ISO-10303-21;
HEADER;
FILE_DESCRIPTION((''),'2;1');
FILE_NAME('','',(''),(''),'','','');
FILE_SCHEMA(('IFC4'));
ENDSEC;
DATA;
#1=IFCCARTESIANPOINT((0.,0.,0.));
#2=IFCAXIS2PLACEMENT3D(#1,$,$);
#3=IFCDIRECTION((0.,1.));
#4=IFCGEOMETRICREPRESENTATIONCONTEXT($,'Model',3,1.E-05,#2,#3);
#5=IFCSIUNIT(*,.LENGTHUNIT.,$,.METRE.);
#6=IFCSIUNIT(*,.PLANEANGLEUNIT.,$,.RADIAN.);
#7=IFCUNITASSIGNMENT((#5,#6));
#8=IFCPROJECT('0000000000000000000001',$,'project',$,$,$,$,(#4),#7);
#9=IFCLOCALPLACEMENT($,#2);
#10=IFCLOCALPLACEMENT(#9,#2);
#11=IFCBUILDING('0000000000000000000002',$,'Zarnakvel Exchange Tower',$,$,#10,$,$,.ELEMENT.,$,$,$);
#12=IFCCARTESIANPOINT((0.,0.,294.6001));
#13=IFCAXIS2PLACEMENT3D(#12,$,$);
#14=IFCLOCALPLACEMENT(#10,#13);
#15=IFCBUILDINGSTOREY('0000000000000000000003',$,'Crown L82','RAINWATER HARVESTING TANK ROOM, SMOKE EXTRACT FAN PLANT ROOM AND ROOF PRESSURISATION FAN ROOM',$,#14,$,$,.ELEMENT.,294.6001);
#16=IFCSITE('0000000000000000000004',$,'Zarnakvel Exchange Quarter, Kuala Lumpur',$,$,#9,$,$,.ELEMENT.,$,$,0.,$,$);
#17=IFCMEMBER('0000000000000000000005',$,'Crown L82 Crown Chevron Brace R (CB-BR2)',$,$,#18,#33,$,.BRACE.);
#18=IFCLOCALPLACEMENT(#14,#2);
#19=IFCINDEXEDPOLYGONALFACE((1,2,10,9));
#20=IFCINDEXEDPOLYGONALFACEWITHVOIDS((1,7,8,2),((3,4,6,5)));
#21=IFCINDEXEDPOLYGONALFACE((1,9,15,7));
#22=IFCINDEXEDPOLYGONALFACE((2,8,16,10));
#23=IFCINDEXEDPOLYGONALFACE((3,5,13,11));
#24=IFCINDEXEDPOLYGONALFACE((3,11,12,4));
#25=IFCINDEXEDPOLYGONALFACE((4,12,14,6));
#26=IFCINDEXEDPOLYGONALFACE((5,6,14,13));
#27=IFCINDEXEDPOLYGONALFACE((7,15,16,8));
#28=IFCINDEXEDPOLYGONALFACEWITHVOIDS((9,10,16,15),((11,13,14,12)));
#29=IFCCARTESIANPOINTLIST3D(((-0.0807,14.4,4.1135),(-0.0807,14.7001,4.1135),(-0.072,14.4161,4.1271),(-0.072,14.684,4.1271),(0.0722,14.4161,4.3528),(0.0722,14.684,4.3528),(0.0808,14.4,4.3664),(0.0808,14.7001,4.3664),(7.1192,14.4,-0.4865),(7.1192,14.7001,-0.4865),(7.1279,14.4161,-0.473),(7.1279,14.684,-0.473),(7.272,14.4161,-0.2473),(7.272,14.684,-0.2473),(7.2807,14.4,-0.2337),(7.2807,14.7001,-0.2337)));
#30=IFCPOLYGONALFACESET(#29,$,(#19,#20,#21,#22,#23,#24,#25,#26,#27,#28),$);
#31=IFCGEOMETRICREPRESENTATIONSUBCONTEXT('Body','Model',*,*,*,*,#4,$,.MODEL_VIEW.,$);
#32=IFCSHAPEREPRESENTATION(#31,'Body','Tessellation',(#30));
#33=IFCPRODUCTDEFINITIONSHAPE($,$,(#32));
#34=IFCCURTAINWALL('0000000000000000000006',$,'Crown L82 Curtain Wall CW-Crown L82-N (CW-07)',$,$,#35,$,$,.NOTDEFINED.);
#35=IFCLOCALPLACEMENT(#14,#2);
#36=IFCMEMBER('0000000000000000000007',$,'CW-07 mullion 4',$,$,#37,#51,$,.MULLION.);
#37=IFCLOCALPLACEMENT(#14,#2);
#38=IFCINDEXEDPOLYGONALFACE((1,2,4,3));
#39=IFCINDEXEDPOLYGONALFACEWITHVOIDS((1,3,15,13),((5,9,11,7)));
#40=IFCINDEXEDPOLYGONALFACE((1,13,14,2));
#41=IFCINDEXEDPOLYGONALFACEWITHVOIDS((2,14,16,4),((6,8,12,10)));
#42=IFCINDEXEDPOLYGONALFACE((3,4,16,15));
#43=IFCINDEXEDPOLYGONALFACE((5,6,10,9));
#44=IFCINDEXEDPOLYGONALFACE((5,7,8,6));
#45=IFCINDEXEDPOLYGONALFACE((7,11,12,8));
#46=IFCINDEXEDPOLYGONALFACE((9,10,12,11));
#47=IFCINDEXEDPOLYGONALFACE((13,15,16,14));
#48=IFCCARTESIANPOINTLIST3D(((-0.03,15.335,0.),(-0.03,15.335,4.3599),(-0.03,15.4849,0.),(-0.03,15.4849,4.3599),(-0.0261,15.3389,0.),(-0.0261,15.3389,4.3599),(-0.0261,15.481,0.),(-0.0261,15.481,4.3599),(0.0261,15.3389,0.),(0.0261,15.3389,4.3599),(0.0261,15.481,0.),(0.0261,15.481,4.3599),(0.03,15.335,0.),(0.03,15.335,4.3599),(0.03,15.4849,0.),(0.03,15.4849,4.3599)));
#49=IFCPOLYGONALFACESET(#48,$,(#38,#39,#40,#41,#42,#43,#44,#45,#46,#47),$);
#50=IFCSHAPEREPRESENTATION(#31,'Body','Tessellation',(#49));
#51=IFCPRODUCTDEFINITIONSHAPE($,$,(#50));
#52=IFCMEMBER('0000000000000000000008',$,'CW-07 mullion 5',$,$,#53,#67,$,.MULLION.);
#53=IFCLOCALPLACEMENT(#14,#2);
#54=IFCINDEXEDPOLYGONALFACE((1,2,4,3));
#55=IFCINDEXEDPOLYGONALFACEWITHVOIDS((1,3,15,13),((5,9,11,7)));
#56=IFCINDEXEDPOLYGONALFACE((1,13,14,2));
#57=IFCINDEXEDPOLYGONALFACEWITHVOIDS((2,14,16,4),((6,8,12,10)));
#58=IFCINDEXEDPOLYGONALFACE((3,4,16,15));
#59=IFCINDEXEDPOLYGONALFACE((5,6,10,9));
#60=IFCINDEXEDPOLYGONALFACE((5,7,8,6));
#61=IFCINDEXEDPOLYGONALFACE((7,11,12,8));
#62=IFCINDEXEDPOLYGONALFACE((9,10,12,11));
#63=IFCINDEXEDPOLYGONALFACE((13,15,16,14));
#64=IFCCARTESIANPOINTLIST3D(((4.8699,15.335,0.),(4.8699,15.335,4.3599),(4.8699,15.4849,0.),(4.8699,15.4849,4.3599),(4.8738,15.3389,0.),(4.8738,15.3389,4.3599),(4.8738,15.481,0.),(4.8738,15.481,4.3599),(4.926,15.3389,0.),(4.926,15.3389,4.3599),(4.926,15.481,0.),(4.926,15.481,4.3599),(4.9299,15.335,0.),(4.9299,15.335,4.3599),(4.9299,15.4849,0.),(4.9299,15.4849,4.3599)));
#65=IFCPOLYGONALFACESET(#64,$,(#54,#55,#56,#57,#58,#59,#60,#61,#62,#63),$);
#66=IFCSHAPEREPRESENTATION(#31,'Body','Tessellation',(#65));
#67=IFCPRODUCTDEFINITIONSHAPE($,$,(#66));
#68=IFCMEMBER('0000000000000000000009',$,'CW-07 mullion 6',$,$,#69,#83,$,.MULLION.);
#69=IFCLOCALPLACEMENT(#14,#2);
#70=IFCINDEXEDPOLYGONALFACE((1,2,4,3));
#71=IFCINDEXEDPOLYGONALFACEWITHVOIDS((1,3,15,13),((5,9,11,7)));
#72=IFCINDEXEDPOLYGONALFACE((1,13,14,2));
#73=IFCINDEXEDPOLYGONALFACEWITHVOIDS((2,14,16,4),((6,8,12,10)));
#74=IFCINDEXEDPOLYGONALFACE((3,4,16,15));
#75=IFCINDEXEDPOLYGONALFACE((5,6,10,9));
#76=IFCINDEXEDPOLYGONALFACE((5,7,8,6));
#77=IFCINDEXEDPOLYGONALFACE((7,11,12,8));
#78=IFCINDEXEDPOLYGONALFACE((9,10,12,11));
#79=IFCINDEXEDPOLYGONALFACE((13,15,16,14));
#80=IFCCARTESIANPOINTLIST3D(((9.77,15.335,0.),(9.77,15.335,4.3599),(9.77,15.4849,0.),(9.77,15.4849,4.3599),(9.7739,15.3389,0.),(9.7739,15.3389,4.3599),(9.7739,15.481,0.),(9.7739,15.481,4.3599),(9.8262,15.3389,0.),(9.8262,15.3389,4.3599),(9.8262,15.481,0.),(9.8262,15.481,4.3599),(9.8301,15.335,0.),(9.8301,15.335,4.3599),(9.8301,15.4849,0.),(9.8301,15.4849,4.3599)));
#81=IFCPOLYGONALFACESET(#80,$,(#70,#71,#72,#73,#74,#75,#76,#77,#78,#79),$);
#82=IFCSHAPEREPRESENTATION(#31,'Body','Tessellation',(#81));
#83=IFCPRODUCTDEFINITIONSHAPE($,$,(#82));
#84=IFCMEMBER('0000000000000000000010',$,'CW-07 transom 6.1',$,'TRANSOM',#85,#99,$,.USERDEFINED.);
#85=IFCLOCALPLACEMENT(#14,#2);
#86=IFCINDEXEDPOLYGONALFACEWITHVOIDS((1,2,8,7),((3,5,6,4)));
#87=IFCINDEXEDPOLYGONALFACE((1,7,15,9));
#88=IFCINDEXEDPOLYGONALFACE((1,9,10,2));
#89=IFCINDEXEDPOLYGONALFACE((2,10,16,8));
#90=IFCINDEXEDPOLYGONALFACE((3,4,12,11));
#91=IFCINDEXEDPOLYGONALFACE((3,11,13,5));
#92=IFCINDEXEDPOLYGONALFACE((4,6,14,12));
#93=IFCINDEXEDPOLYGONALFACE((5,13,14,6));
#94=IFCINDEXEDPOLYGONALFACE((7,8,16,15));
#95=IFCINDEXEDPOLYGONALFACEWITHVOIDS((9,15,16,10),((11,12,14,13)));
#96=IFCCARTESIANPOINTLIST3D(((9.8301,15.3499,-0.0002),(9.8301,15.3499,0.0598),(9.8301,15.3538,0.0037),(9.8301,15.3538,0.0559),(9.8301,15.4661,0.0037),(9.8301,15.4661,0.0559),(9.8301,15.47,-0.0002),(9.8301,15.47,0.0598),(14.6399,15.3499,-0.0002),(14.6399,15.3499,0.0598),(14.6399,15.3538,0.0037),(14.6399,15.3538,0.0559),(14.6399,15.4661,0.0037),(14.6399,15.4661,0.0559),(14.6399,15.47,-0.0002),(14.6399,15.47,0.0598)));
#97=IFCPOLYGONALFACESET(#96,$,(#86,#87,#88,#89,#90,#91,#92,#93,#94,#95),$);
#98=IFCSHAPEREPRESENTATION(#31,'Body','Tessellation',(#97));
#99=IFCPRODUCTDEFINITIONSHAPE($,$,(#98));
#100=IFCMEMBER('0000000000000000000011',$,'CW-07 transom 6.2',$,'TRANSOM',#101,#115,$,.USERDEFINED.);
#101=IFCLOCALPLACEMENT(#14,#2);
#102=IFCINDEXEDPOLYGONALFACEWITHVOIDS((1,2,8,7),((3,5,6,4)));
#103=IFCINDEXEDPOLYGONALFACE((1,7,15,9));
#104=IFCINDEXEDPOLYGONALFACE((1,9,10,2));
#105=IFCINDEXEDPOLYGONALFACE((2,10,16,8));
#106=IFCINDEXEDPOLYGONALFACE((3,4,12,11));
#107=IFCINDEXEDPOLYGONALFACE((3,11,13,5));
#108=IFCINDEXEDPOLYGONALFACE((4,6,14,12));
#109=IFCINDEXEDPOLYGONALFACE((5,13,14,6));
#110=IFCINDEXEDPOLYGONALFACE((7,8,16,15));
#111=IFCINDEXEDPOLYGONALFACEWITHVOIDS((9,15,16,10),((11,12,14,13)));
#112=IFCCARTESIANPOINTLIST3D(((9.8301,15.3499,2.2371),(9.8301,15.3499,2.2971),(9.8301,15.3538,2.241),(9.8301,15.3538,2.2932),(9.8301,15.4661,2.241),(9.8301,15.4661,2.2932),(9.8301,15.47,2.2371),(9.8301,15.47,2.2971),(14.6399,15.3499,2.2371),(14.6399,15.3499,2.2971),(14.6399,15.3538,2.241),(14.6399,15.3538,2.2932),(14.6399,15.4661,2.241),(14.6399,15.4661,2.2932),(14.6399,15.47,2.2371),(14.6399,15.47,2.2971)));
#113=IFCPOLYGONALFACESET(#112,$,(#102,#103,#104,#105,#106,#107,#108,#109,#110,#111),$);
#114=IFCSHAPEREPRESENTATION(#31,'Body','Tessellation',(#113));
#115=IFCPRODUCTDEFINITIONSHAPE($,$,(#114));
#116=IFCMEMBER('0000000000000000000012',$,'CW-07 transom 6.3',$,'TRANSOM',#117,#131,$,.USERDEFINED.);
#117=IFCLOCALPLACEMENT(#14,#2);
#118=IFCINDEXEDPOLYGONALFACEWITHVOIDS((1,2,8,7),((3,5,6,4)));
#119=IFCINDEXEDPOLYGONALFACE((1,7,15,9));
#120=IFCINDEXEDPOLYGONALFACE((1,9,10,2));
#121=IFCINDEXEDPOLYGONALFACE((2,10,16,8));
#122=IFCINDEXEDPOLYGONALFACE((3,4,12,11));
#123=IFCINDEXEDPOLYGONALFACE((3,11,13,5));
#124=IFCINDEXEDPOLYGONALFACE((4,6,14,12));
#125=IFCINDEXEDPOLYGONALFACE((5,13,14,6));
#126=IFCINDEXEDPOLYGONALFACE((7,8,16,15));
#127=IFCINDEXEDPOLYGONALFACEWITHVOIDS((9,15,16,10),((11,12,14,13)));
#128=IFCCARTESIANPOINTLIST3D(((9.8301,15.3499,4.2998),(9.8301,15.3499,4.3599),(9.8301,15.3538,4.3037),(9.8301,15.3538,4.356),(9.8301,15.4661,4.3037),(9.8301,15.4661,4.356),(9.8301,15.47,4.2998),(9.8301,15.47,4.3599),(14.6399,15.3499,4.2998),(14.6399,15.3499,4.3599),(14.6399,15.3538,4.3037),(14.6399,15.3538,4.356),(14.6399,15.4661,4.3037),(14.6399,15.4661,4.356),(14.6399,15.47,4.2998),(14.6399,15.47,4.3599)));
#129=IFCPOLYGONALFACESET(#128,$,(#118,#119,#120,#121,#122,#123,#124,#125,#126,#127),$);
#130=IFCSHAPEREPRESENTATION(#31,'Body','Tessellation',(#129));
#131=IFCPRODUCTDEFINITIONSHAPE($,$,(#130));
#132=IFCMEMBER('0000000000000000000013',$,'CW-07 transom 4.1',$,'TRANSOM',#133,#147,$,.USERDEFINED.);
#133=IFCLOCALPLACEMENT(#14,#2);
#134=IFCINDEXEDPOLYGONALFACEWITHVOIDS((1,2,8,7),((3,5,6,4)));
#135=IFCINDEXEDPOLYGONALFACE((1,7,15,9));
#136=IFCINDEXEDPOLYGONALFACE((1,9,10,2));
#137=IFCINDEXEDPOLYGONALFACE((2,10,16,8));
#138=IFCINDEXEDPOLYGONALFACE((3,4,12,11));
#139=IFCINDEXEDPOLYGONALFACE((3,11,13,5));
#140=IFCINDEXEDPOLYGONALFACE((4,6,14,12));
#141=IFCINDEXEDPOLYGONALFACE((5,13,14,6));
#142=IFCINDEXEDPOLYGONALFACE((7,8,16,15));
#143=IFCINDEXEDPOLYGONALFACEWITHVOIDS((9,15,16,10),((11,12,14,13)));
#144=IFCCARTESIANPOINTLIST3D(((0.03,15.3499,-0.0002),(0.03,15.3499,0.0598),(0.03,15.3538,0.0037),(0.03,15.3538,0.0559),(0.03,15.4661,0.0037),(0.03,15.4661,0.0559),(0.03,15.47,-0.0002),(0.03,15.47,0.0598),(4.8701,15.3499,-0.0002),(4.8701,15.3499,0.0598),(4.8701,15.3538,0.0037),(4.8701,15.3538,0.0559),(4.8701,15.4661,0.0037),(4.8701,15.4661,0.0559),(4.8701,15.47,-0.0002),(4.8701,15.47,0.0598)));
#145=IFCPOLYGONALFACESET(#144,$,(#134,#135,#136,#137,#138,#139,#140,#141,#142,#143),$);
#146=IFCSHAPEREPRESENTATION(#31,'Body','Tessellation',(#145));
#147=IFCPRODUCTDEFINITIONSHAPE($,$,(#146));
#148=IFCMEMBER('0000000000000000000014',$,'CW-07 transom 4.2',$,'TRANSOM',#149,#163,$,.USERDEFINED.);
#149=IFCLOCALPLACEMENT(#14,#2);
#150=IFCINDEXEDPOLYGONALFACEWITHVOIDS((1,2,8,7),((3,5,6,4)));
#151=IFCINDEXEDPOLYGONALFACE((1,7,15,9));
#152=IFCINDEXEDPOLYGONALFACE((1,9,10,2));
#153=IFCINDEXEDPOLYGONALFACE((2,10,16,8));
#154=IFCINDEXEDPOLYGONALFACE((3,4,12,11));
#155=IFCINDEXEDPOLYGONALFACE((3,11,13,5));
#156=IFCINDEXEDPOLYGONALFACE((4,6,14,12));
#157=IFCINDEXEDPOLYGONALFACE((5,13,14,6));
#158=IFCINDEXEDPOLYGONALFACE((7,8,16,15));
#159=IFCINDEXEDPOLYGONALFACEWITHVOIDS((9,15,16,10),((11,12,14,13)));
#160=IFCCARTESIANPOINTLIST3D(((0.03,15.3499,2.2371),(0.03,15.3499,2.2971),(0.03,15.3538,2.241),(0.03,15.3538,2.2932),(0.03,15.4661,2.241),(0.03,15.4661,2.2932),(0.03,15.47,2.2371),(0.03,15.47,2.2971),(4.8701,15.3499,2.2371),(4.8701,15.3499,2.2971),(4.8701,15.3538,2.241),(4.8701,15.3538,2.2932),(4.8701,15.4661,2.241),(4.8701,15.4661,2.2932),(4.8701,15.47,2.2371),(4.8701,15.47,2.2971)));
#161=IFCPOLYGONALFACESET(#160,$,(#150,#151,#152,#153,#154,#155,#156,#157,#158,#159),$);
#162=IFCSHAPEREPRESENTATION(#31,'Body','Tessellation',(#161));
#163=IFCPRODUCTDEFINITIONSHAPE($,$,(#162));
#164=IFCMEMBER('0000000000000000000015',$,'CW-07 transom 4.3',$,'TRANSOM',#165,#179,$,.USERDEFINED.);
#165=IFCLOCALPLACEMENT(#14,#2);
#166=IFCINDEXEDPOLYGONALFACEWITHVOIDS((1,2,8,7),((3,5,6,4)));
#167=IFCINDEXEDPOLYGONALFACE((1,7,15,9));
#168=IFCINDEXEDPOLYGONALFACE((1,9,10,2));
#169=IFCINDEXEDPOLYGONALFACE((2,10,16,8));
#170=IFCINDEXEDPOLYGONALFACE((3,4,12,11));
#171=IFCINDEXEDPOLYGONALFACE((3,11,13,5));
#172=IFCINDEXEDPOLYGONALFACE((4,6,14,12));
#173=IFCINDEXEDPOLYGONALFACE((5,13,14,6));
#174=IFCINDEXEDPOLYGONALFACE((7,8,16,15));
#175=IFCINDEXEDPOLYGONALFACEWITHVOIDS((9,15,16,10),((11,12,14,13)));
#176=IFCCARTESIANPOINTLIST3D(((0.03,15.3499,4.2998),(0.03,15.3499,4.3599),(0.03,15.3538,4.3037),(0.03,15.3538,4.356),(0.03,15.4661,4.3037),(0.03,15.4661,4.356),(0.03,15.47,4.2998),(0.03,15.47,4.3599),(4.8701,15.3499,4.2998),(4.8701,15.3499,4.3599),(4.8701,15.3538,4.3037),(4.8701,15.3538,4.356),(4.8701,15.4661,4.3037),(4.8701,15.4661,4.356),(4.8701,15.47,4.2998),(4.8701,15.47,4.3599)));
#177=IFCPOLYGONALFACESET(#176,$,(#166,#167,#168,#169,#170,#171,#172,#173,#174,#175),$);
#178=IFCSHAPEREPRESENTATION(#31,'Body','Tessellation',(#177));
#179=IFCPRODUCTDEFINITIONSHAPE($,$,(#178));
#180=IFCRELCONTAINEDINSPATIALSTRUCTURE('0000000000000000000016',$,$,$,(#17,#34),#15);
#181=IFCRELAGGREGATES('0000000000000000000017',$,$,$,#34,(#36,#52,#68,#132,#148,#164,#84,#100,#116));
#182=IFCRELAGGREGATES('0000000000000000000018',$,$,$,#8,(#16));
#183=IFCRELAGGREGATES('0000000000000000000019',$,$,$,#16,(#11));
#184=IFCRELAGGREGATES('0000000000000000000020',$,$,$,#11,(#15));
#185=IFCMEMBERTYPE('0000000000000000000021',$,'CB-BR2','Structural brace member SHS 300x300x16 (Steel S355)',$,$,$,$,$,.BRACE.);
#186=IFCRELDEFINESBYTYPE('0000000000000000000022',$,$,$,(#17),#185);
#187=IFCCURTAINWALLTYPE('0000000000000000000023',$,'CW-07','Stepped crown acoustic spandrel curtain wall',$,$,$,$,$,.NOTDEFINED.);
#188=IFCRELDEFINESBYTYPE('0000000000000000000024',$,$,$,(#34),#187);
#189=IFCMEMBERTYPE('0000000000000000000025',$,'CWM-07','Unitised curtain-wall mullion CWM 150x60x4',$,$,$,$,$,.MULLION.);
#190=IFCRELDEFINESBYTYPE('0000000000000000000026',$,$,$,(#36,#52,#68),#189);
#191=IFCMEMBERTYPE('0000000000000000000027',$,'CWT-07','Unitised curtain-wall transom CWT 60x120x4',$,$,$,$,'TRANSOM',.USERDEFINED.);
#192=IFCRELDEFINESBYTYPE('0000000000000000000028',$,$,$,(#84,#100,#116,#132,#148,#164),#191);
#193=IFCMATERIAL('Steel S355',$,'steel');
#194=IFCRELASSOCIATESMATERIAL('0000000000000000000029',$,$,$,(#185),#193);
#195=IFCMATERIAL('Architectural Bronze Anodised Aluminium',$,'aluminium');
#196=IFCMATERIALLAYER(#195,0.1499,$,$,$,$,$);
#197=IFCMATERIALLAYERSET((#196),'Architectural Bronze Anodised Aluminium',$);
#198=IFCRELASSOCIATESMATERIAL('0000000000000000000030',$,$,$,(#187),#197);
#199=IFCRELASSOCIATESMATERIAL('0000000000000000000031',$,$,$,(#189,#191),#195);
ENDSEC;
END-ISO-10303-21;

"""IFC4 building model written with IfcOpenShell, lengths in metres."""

from ifc_helpers import new_model, si_unit, direction, frame, origin, origin_2d, place, context, subcontext, project, spatial, hollow_rectangle, extrude, source, transform, mapped, material, layer, layer_set, material_profile, profile_set, type_object, element, aggregate, save


model = new_model("IFC4")

# Units and contexts
model_context = context("Model", 3, precision=1e-05, world=origin(), true_north=direction((0.0, 1.0)))
body_context = subcontext(model_context, "Body", "Model", "MODEL_VIEW")
ifc_project = project(units=[si_unit("LENGTHUNIT", "METRE"), si_unit("PLANEANGLEUNIT", "RADIAN")], contexts=[model_context])

# Site, building, storey
site_placement = place(None, origin())
site = spatial("IfcSite", under=ifc_project, at=site_placement, Name="Zarnakvel Exchange Quarter, Kuala Lumpur", CompositionType="ELEMENT", RefElevation=0.0)
building_placement = place(site_placement, origin())
building = spatial("IfcBuilding", under=site, at=building_placement, Name="Zarnakvel Exchange Tower", CompositionType="ELEMENT")
storey_placement = place(building_placement, frame((0.0, 0.0, 294.6001)))
storey = spatial("IfcBuildingStorey", under=building, at=storey_placement, Name="Crown L82", Description="RAINWATER HARVESTING TANK ROOM, SMOKE EXTRACT FAN PLANT ROOM AND ROOF PRESSURISATION FAN ROOM", CompositionType="ELEMENT", Elevation=294.6001)

# Member
ifc_material_1 = material(Name="Steel S355", Category="steel")
ifc_material_profile_1 = material_profile(ifc_material_1, hollow_rectangle(XDim=0.3, YDim=0.3, WallThickness=0.0161, at=origin_2d()))
ifc_profile_set_1 = profile_set([ifc_material_profile_1], Name="Steel S355")
member_type_1 = type_object("IfcMemberType", Name="CB-BR2", Description="Structural brace member SHS 300x300x16 (Steel S355)", PredefinedType="BRACE", material=ifc_profile_set_1)
shared_shape_1 = source(origin(), body_context, "Body", "SweptSolid", [
    extrude(hollow_rectangle(XDim=0.3, YDim=0.3, WallThickness=0.0161, at=origin_2d()), origin(), (0.0, 0.0, 1.0), 8.5439),
])
member_1_placement = place(storey_placement, frame((7.2, 14.55, -0.3601), z_axis=(-0.842689, 0.0, 0.5384), x_axis=(0.0, -1.0, 0.0)))
element("IfcMember", 1, at=member_1_placement, inside=storey, type_object=member_type_1, Name="Crown L82 Crown Chevron Brace R (CB-BR2)", PredefinedType="BRACE", context=body_context, shape_type="MappedRepresentation", body=[
    mapped(shared_shape_1, transform((0.0, 0.0, 0.0), x_axis=(1.0, 0.0, 0.0), y_axis=(0.0, 1.0, 0.0), z_axis=(0.0, 0.0, 1.0), scale=1.0)),
])

# Curtain wall, members
ifc_material_2 = material(Name="Architectural Bronze Anodised Aluminium", Category="aluminium")
ifc_layer_1 = layer(ifc_material_2, 0.1499)
ifc_layer_set_1 = layer_set([ifc_layer_1], Name="Architectural Bronze Anodised Aluminium")
curtain_wall_type = type_object("IfcCurtainWallType", Name="CW-07", Description="Stepped crown acoustic spandrel curtain wall", PredefinedType="NOTDEFINED", material=ifc_layer_set_1)
curtain_wall_placement = place(storey_placement, origin())
curtain_wall = element("IfcCurtainWall", 2, at=curtain_wall_placement, inside=storey, type_object=curtain_wall_type, Name="Crown L82 Curtain Wall CW-Crown L82-N (CW-07)", PredefinedType="NOTDEFINED")
ifc_material_profile_2 = material_profile(ifc_material_2, hollow_rectangle(XDim=0.1499, YDim=0.0601, WallThickness=0.0039, at=origin_2d()))
ifc_profile_set_2 = profile_set([ifc_material_profile_2], Name="Architectural Bronze Anodised Aluminium")
member_type_2 = type_object("IfcMemberType", Name="CWM-07", Description="Unitised curtain-wall mullion CWM 150x60x4", PredefinedType="MULLION", material=ifc_profile_set_2)
shared_shape_2 = source(origin(), body_context, "Body", "SweptSolid", [
    extrude(hollow_rectangle(XDim=0.1499, YDim=0.0601, WallThickness=0.0039, at=origin_2d()), origin(), (0.0, 0.0, 1.0), 4.3599),
])
member_2_placement = place(storey_placement, frame((0.0, 15.4099, 0.0), z_axis=(0.0, 0.0, 1.0), x_axis=(0.0, 1.0, 0.0)))
member_2 = element("IfcMember", 3, at=member_2_placement, type_object=member_type_2, Name="CW-07 mullion 4", PredefinedType="MULLION", context=body_context, shape_type="MappedRepresentation", body=[
    mapped(shared_shape_2, transform((0.0, 0.0, 0.0), x_axis=(1.0, 0.0, 0.0), y_axis=(0.0, 1.0, 0.0), z_axis=(0.0, 0.0, 1.0), scale=1.0)),
])
member_3_placement = place(storey_placement, frame((4.8999, 15.4099, 0.0), z_axis=(0.0, 0.0, 1.0), x_axis=(0.0, 1.0, 0.0)))
member_3 = element("IfcMember", 4, at=member_3_placement, type_object=member_type_2, Name="CW-07 mullion 5", PredefinedType="MULLION", context=body_context, shape_type="MappedRepresentation", body=[
    mapped(shared_shape_2, transform((0.0, 0.0, 0.0), x_axis=(1.0, 0.0, 0.0), y_axis=(0.0, 1.0, 0.0), z_axis=(0.0, 0.0, 1.0), scale=1.0)),
])
member_4_placement = place(storey_placement, frame((9.8, 15.4099, 0.0), z_axis=(0.0, 0.0, 1.0), x_axis=(0.0, 1.0, 0.0)))
member_4 = element("IfcMember", 5, at=member_4_placement, type_object=member_type_2, Name="CW-07 mullion 6", PredefinedType="MULLION", context=body_context, shape_type="MappedRepresentation", body=[
    mapped(shared_shape_2, transform((0.0, 0.0, 0.0), x_axis=(1.0, 0.0, 0.0), y_axis=(0.0, 1.0, 0.0), z_axis=(0.0, 0.0, 1.0), scale=1.0)),
])
ifc_material_profile_3 = material_profile(ifc_material_2, hollow_rectangle(XDim=0.1201, YDim=0.0601, WallThickness=0.0039, at=origin_2d()))
ifc_profile_set_3 = profile_set([ifc_material_profile_3], Name="Architectural Bronze Anodised Aluminium")
member_type_3 = type_object("IfcMemberType", Name="CWT-07", Description="Unitised curtain-wall transom CWT 60x120x4", ElementType="TRANSOM", PredefinedType="USERDEFINED", material=ifc_profile_set_3)
shared_shape_3 = source(origin(), body_context, "Body", "SweptSolid", [
    extrude(hollow_rectangle(XDim=0.1201, YDim=0.0601, WallThickness=0.0039, at=origin_2d()), origin(), (0.0, 0.0, 1.0), 4.8098),
])
member_5_placement = place(storey_placement, frame((9.8301, 15.4099, 0.0298), z_axis=(1.0, 0.0, 0.0), x_axis=(0.0, 1.0, 0.0)))
member_5 = element("IfcMember", 6, at=member_5_placement, type_object=member_type_3, Name="CW-07 transom 6.1", ObjectType="TRANSOM", PredefinedType="USERDEFINED", context=body_context, shape_type="MappedRepresentation", body=[
    mapped(shared_shape_3, transform((0.0, 0.0, 0.0), x_axis=(1.0, 0.0, 0.0), y_axis=(0.0, 1.0, 0.0), z_axis=(0.0, 0.0, 1.0), scale=1.0)),
])
member_6_placement = place(storey_placement, frame((9.8301, 15.4099, 2.2671), z_axis=(1.0, 0.0, 0.0), x_axis=(0.0, 1.0, 0.0)))
member_6 = element("IfcMember", 7, at=member_6_placement, type_object=member_type_3, Name="CW-07 transom 6.2", ObjectType="TRANSOM", PredefinedType="USERDEFINED", context=body_context, shape_type="MappedRepresentation", body=[
    mapped(shared_shape_3, transform((0.0, 0.0, 0.0), x_axis=(1.0, 0.0, 0.0), y_axis=(0.0, 1.0, 0.0), z_axis=(0.0, 0.0, 1.0), scale=1.0)),
])
member_7_placement = place(storey_placement, frame((9.8301, 15.4099, 4.3298), z_axis=(1.0, 0.0, 0.0), x_axis=(0.0, 1.0, 0.0)))
member_7 = element("IfcMember", 8, at=member_7_placement, type_object=member_type_3, Name="CW-07 transom 6.3", ObjectType="TRANSOM", PredefinedType="USERDEFINED", context=body_context, shape_type="MappedRepresentation", body=[
    mapped(shared_shape_3, transform((0.0, 0.0, 0.0), x_axis=(1.0, 0.0, 0.0), y_axis=(0.0, 1.0, 0.0), z_axis=(0.0, 0.0, 1.0), scale=1.0)),
])
shared_shape_4 = source(origin(), body_context, "Body", "SweptSolid", [
    extrude(hollow_rectangle(XDim=0.1201, YDim=0.0601, WallThickness=0.0039, at=origin_2d()), origin(), (0.0, 0.0, 1.0), 4.8401),
])
member_8_placement = place(storey_placement, frame((0.03, 15.4099, 0.0298), z_axis=(1.0, 0.0, 0.0), x_axis=(0.0, 1.0, 0.0)))
member_8 = element("IfcMember", 9, at=member_8_placement, type_object=member_type_3, Name="CW-07 transom 4.1", ObjectType="TRANSOM", PredefinedType="USERDEFINED", context=body_context, shape_type="MappedRepresentation", body=[
    mapped(shared_shape_4, transform((0.0, 0.0, 0.0), x_axis=(1.0, 0.0, 0.0), y_axis=(0.0, 1.0, 0.0), z_axis=(0.0, 0.0, 1.0), scale=1.0)),
])
member_9_placement = place(storey_placement, frame((0.03, 15.4099, 2.2671), z_axis=(1.0, 0.0, 0.0), x_axis=(0.0, 1.0, 0.0)))
member_9 = element("IfcMember", 10, at=member_9_placement, type_object=member_type_3, Name="CW-07 transom 4.2", ObjectType="TRANSOM", PredefinedType="USERDEFINED", context=body_context, shape_type="MappedRepresentation", body=[
    mapped(shared_shape_4, transform((0.0, 0.0, 0.0), x_axis=(1.0, 0.0, 0.0), y_axis=(0.0, 1.0, 0.0), z_axis=(0.0, 0.0, 1.0), scale=1.0)),
])
member_10_placement = place(storey_placement, frame((0.03, 15.4099, 4.3298), z_axis=(1.0, 0.0, 0.0), x_axis=(0.0, 1.0, 0.0)))
member_10 = element("IfcMember", 11, at=member_10_placement, type_object=member_type_3, Name="CW-07 transom 4.3", ObjectType="TRANSOM", PredefinedType="USERDEFINED", context=body_context, shape_type="MappedRepresentation", body=[
    mapped(shared_shape_4, transform((0.0, 0.0, 0.0), x_axis=(1.0, 0.0, 0.0), y_axis=(0.0, 1.0, 0.0), z_axis=(0.0, 0.0, 1.0), scale=1.0)),
])

aggregate(curtain_wall, [member_2, member_3, member_4, member_8, member_9, member_10, member_5, member_6, member_7])

save(model, "model.ifc")
